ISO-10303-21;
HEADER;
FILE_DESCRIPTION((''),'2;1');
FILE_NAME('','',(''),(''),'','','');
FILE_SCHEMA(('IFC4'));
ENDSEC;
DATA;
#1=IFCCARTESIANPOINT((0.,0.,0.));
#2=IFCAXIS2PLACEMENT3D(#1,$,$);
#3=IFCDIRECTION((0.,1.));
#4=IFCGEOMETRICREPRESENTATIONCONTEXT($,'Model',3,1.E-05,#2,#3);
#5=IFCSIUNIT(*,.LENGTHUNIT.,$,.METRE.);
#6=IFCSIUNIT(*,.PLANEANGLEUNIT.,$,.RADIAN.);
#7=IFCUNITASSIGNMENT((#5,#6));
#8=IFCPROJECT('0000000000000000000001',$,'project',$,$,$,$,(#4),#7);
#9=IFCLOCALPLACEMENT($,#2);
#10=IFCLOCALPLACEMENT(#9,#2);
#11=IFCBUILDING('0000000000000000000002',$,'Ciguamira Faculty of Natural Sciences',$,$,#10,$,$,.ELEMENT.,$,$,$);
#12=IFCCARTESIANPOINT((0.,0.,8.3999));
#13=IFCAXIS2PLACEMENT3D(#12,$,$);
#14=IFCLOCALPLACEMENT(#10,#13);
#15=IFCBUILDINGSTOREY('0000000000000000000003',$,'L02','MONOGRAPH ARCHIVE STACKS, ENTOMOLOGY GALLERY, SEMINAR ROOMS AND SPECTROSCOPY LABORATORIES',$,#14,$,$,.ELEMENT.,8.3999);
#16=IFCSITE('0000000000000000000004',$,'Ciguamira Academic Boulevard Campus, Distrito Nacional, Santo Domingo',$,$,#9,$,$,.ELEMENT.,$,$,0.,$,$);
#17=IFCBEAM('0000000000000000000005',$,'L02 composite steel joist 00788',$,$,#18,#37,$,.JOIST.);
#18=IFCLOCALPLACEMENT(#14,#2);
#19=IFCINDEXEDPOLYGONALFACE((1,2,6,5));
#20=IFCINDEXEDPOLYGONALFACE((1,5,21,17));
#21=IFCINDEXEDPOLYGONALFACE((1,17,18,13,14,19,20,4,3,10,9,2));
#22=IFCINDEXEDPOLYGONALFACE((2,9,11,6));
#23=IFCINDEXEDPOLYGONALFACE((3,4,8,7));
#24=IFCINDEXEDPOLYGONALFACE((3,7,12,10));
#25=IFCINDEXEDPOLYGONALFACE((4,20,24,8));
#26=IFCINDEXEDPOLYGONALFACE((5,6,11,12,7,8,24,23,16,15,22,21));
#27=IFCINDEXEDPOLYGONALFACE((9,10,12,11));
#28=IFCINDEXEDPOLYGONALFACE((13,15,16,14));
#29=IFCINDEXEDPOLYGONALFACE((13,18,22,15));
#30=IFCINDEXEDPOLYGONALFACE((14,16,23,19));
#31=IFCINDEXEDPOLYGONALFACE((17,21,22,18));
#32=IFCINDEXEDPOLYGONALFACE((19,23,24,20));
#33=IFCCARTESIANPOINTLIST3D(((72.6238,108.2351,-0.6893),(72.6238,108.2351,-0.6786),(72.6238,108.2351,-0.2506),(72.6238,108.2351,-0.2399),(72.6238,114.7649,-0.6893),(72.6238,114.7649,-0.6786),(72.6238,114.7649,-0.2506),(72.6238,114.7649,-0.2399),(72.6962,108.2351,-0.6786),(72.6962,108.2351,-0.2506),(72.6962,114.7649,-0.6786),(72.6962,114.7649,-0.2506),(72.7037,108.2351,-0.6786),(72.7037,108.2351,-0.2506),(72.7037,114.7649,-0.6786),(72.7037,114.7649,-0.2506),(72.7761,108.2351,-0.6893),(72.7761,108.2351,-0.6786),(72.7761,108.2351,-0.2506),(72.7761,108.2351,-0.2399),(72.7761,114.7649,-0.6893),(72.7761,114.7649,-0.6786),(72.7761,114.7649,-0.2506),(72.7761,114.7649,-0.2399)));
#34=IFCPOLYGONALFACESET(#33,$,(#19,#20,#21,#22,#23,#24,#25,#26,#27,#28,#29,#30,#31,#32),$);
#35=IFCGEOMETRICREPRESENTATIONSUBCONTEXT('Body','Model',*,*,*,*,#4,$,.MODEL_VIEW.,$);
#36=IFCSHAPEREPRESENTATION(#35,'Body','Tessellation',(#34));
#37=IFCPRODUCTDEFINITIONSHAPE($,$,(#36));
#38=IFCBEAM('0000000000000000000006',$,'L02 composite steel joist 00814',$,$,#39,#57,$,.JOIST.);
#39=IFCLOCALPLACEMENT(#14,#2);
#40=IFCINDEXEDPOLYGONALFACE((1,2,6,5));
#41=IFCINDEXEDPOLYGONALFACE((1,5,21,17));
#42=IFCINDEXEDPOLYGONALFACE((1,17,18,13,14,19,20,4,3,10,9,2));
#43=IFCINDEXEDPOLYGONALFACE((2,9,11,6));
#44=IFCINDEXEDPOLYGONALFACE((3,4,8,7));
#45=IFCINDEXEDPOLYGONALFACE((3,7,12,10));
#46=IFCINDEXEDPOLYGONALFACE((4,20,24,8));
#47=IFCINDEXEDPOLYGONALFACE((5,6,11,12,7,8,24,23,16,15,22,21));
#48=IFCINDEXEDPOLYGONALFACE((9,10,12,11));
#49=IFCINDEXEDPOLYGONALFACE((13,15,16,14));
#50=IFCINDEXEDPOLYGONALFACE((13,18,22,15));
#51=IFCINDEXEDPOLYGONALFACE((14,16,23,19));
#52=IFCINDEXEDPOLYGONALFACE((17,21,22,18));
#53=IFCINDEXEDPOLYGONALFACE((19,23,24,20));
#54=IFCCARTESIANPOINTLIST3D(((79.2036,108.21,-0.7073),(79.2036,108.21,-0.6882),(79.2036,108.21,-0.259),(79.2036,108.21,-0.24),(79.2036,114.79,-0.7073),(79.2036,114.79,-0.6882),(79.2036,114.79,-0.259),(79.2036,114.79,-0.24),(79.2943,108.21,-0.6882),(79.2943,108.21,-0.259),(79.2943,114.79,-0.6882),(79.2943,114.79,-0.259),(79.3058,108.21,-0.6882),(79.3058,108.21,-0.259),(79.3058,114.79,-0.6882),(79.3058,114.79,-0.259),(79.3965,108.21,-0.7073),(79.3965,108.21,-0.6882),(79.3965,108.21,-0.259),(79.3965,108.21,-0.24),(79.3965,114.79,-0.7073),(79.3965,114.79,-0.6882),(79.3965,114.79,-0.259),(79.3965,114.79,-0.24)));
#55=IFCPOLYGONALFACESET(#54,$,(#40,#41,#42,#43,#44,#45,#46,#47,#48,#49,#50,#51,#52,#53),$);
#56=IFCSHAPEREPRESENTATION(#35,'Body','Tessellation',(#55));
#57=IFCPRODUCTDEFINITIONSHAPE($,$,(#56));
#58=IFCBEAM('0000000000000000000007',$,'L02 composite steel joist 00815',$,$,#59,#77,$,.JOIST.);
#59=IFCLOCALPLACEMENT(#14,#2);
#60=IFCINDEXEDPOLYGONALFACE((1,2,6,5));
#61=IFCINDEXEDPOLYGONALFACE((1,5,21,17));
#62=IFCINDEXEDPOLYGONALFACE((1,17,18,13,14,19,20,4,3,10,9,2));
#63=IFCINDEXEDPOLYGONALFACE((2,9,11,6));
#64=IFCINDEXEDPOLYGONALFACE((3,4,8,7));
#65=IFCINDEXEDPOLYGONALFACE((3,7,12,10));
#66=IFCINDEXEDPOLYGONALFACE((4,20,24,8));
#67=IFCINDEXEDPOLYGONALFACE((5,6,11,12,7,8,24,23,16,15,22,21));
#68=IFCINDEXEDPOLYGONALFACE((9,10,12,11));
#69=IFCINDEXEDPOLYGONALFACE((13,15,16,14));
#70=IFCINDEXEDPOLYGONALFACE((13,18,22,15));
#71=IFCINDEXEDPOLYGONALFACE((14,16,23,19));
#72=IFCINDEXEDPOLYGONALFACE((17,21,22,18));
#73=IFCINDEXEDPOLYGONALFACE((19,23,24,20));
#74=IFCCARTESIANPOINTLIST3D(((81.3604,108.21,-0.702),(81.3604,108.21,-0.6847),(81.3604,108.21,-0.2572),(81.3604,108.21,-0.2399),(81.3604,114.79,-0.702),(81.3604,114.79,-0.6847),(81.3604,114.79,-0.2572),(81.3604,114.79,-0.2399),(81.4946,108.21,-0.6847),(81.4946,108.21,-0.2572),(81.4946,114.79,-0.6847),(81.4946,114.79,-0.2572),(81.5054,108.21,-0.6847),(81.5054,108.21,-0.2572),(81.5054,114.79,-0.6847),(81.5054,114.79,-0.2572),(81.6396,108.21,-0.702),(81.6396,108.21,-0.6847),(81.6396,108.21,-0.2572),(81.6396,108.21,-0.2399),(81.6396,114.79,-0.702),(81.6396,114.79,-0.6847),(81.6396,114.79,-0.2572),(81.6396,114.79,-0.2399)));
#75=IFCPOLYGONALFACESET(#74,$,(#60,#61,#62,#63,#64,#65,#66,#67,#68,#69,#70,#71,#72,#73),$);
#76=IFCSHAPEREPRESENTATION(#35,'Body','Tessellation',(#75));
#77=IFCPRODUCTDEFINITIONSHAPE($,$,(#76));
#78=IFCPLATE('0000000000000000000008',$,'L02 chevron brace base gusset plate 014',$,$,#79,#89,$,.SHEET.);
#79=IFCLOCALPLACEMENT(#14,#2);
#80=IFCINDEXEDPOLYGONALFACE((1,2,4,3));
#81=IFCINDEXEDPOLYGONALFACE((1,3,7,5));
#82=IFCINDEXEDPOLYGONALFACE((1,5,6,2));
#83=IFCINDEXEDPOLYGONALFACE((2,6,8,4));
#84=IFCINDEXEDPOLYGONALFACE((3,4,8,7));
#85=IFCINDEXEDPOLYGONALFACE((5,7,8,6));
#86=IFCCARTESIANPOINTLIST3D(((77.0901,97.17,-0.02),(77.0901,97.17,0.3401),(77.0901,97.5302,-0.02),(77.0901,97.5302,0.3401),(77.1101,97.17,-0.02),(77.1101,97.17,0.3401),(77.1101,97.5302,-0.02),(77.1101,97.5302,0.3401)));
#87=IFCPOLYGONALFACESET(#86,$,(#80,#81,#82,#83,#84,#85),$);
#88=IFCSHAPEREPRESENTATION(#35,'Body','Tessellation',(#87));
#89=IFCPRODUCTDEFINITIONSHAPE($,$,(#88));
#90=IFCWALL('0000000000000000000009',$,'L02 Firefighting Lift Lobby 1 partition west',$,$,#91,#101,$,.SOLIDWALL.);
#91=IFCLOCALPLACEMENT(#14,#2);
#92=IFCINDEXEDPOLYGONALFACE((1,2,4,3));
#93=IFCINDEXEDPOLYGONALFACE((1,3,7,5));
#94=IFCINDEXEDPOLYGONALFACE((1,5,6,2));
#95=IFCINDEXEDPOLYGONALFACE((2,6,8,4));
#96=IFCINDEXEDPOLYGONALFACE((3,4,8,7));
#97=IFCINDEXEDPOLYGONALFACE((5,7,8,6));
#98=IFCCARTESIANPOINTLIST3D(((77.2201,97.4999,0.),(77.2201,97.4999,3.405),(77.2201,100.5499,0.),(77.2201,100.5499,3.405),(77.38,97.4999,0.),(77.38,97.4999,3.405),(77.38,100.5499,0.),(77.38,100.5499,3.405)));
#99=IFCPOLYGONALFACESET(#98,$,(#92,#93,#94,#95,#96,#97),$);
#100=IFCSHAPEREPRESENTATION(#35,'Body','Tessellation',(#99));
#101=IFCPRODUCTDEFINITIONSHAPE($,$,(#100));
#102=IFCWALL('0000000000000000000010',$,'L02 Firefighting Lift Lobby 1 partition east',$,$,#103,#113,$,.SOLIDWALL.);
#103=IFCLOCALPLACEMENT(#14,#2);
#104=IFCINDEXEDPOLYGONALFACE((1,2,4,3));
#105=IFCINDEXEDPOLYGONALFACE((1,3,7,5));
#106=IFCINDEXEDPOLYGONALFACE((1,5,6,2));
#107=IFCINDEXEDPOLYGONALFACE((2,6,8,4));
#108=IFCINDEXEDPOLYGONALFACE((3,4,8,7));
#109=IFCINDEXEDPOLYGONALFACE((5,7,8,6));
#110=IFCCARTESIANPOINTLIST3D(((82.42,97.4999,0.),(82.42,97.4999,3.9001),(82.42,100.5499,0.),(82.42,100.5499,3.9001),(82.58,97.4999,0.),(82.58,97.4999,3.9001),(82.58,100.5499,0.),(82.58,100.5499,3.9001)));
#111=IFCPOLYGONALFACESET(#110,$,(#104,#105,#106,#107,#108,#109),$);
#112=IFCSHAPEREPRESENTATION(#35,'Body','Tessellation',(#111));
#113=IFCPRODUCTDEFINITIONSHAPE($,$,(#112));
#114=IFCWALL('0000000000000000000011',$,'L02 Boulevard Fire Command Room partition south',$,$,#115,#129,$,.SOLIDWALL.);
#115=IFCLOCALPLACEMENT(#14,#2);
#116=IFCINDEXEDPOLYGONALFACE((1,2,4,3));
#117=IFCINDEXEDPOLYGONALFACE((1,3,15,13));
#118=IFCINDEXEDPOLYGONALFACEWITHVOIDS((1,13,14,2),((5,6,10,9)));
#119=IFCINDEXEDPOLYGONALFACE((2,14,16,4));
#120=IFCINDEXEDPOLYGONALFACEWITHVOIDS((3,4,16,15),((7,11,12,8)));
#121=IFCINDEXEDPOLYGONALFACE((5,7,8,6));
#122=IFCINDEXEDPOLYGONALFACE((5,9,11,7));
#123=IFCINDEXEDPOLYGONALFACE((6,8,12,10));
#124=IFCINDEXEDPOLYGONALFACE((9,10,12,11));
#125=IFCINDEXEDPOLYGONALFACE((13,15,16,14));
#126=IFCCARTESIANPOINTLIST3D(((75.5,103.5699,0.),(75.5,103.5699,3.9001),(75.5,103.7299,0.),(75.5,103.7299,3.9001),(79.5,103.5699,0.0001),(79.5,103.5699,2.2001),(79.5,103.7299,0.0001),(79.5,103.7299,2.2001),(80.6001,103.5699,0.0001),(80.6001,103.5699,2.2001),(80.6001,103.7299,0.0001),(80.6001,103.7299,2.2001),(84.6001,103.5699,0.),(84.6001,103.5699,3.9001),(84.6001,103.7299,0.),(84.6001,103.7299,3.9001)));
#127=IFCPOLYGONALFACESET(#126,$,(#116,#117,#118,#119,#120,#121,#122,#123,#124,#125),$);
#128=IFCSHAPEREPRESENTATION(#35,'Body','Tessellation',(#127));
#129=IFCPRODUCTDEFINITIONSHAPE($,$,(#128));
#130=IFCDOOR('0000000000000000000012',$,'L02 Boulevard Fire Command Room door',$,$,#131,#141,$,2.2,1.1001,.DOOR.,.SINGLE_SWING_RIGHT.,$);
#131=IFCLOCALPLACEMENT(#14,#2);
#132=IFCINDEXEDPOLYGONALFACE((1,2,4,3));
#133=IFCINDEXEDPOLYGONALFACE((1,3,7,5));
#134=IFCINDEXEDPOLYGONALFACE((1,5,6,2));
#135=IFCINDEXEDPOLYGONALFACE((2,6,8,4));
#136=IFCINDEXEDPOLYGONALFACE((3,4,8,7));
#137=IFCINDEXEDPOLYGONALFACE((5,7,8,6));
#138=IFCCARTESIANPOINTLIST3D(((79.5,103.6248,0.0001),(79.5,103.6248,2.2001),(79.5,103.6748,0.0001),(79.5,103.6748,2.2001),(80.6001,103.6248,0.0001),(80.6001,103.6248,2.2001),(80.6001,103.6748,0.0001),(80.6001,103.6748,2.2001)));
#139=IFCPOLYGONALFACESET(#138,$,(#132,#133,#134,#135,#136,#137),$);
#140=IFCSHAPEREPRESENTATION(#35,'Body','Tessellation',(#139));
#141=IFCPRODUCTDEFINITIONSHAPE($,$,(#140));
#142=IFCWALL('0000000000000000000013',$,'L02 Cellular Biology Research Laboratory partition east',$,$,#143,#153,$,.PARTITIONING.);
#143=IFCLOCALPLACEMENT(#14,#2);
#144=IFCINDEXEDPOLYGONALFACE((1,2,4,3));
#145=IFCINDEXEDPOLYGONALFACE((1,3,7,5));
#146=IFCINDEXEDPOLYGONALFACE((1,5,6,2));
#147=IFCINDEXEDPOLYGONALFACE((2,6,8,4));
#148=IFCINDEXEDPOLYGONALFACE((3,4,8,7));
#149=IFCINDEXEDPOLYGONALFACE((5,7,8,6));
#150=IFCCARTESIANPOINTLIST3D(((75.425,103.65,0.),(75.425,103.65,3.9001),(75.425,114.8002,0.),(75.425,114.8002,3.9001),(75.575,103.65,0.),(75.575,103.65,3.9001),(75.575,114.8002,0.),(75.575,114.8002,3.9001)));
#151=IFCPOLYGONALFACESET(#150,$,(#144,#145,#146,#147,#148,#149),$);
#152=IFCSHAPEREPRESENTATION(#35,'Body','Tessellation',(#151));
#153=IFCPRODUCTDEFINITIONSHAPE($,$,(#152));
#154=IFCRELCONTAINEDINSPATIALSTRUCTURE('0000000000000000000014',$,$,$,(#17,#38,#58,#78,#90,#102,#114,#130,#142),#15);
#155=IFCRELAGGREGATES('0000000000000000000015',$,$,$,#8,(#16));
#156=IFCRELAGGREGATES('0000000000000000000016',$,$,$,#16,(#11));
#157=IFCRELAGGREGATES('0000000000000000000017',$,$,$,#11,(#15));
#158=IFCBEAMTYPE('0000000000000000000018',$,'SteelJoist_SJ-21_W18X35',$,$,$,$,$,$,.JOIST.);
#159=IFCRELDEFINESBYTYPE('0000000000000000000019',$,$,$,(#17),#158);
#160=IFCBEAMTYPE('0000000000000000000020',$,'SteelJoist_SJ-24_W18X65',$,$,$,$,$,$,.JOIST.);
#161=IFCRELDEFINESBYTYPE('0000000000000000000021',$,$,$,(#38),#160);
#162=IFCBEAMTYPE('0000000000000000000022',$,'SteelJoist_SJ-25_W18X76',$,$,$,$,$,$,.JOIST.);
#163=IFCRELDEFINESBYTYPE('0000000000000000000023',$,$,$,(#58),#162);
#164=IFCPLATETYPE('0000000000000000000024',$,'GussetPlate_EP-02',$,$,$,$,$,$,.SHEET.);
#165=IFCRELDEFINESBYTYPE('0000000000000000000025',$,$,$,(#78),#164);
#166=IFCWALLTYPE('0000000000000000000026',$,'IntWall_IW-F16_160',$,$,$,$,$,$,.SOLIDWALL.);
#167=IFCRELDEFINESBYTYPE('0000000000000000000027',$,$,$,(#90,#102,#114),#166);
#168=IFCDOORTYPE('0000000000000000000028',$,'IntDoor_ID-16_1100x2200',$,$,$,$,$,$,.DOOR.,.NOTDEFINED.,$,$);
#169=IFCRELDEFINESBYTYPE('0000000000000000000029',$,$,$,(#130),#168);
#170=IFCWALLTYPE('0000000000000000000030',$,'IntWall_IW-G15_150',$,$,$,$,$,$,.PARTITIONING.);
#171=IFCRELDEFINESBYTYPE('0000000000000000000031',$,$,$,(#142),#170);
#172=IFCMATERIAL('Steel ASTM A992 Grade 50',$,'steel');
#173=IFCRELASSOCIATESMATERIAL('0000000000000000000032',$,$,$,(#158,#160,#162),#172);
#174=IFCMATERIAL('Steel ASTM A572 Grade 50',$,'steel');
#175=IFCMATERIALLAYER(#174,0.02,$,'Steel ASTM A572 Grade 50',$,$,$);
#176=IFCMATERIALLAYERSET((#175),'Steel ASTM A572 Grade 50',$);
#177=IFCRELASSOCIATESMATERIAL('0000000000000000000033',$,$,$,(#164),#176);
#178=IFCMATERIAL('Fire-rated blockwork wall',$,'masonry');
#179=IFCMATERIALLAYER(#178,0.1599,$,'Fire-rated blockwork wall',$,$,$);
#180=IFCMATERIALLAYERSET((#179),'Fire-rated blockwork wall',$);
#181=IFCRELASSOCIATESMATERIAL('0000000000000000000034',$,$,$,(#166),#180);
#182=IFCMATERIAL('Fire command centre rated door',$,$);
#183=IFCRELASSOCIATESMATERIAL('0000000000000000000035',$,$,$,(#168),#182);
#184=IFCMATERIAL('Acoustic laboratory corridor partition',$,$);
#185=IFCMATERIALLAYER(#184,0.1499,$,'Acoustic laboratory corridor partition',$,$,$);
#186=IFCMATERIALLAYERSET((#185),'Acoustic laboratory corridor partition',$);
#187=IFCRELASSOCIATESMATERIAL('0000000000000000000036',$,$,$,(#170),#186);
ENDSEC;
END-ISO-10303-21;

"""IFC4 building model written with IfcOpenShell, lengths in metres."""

from ifc_helpers import new_model, si_unit, direction, frame, frame_2d, origin, origin_2d, place, context, subcontext, project, spatial, rectangle, i_section, extrude, material, layer, layer_set, material_profile, profile_set, type_object, element, fill, save


model = new_model("IFC4")

# Units and contexts
model_context = context("Model", 3, precision=1e-05, world=origin(), true_north=direction((0.0, 1.0)))
body_context = subcontext(model_context, "Body", "Model", "MODEL_VIEW")
ifc_project = project(units=[si_unit("LENGTHUNIT", "METRE"), si_unit("PLANEANGLEUNIT", "RADIAN")], contexts=[model_context])

# Site, building, storey
site_placement = place(None, origin())
site = spatial("IfcSite", under=ifc_project, at=site_placement, Name="Ciguamira Academic Boulevard Campus, Distrito Nacional, Santo Domingo", CompositionType="ELEMENT", RefElevation=0.0)
building_placement = place(site_placement, origin())
building = spatial("IfcBuilding", under=site, at=building_placement, Name="Ciguamira Faculty of Natural Sciences", CompositionType="ELEMENT")
storey_placement = place(building_placement, frame((0.0, 0.0, 8.3999)))
storey = spatial("IfcBuildingStorey", under=building, at=storey_placement, Name="L02", Description="MONOGRAPH ARCHIVE STACKS, ENTOMOLOGY GALLERY, SEMINAR ROOMS AND SPECTROSCOPY LABORATORIES", CompositionType="ELEMENT", Elevation=8.3999)

# Beams
ifc_material_1 = material(Name="Steel ASTM A992 Grade 50", Category="steel")
ifc_material_profile_1 = material_profile(ifc_material_1, i_section(OverallWidth=0.1523, OverallDepth=0.4495, WebThickness=0.0076, FlangeThickness=0.0107, at=origin_2d()), Name="W18X35")
ifc_profile_set_1 = profile_set([ifc_material_profile_1], Name="Steel ASTM A992 Grade 50")
beam_type_1 = type_object("IfcBeamType", Name="SteelJoist_SJ-21_W18X35", PredefinedType="JOIST", material=ifc_profile_set_1)
beam_1_placement = place(storey_placement, frame((72.7, 108.2351, -0.4646), z_axis=(0.0, 1.0, 0.0), x_axis=(-1.0, 0.0, 0.0)))
element("IfcBeam", 1, at=beam_1_placement, inside=storey, type_object=beam_type_1, Name="L02 composite steel joist 00788", PredefinedType="JOIST", context=body_context, shape_type="SweptSolid", body=[
    extrude(i_section(OverallWidth=0.1523, OverallDepth=0.4495, WebThickness=0.0076, FlangeThickness=0.0107, at=origin_2d()), origin(), (0.0, 0.0, 1.0), 6.5298),
])
ifc_material_profile_2 = material_profile(ifc_material_1, i_section(OverallWidth=0.1929, OverallDepth=0.4673, WebThickness=0.0115, FlangeThickness=0.019, at=origin_2d()), Name="W18X65")
ifc_profile_set_2 = profile_set([ifc_material_profile_2], Name="Steel ASTM A992 Grade 50")
beam_type_2 = type_object("IfcBeamType", Name="SteelJoist_SJ-24_W18X65", PredefinedType="JOIST", material=ifc_profile_set_2)
beam_2_placement = place(storey_placement, frame((79.3, 108.21, -0.4736), z_axis=(0.0, 1.0, 0.0), x_axis=(-1.0, 0.0, 0.0)))
element("IfcBeam", 2, at=beam_2_placement, inside=storey, type_object=beam_type_2, Name="L02 composite steel joist 00814", PredefinedType="JOIST", context=body_context, shape_type="SweptSolid", body=[
    extrude(i_section(OverallWidth=0.1929, OverallDepth=0.4673, WebThickness=0.0115, FlangeThickness=0.019, at=origin_2d()), origin(), (0.0, 0.0, 1.0), 6.5801),
])
ifc_material_profile_3 = material_profile(ifc_material_1, i_section(OverallWidth=0.2793, OverallDepth=0.4622, WebThickness=0.0107, FlangeThickness=0.0173, at=origin_2d()), Name="W18X76")
ifc_profile_set_3 = profile_set([ifc_material_profile_3], Name="Steel ASTM A992 Grade 50")
beam_type_3 = type_object("IfcBeamType", Name="SteelJoist_SJ-25_W18X76", PredefinedType="JOIST", material=ifc_profile_set_3)
beam_3_placement = place(storey_placement, frame((81.5, 108.21, -0.4709), z_axis=(0.0, 1.0, 0.0), x_axis=(-1.0, 0.0, 0.0)))
element("IfcBeam", 3, at=beam_3_placement, inside=storey, type_object=beam_type_3, Name="L02 composite steel joist 00815", PredefinedType="JOIST", context=body_context, shape_type="SweptSolid", body=[
    extrude(i_section(OverallWidth=0.2793, OverallDepth=0.4622, WebThickness=0.0107, FlangeThickness=0.0173, at=origin_2d()), origin(), (0.0, 0.0, 1.0), 6.5801),
])

# Plate
ifc_material_2 = material(Name="Steel ASTM A572 Grade 50", Category="steel")
ifc_layer_1 = layer(ifc_material_2, 0.02, Name="Steel ASTM A572 Grade 50")
ifc_layer_set_1 = layer_set([ifc_layer_1], Name="Steel ASTM A572 Grade 50")
plate_type = type_object("IfcPlateType", Name="GussetPlate_EP-02", PredefinedType="SHEET", material=ifc_layer_set_1)
plate_placement = place(storey_placement, frame((77.1001, 97.3501, -0.02), z_axis=(0.0, 0.0, 1.0), x_axis=(1.0, 0.0, 0.0)))
element("IfcPlate", 4, at=plate_placement, inside=storey, type_object=plate_type, Name="L02 chevron brace base gusset plate 014", PredefinedType="SHEET", context=body_context, shape_type="SweptSolid", body=[
    extrude(rectangle(XDim=0.02, YDim=0.3601, at=origin_2d()), origin(), (0.0, 0.0, 1.0), 0.3601),
])

# Shared definitions
ifc_material_3 = material(Name="Fire-rated blockwork wall", Category="masonry")
ifc_layer_2 = layer(ifc_material_3, 0.1599, Name="Fire-rated blockwork wall")
ifc_layer_set_2 = layer_set([ifc_layer_2], Name="Fire-rated blockwork wall")
wall_type_1 = type_object("IfcWallType", Name="IntWall_IW-F16_160", PredefinedType="SOLIDWALL", material=ifc_layer_set_2)

# Walls
wall_1_placement = place(storey_placement, frame((77.3, 97.5, 0.0), z_axis=(0.0, 0.0, 1.0), x_axis=(0.0, 1.0, 0.0)))
element("IfcWall", 5, at=wall_1_placement, inside=storey, type_object=wall_type_1, Name="L02 Firefighting Lift Lobby 1 partition west", PredefinedType="SOLIDWALL", context=body_context, shape_type="SweptSolid", body=[
    extrude(rectangle(XDim=3.05, YDim=0.1599, at=frame_2d((1.5249, 0.0))), origin(), (0.0, 0.0, 1.0), 3.405),
])
wall_2_placement = place(storey_placement, frame((82.5, 97.5, 0.0), z_axis=(0.0, 0.0, 1.0), x_axis=(0.0, 1.0, 0.0)))
element("IfcWall", 6, at=wall_2_placement, inside=storey, type_object=wall_type_1, Name="L02 Firefighting Lift Lobby 1 partition east", PredefinedType="SOLIDWALL", context=body_context, shape_type="SweptSolid", body=[
    extrude(rectangle(XDim=3.05, YDim=0.1599, at=frame_2d((1.5249, 0.0))), origin(), (0.0, 0.0, 1.0), 3.9001),
])

# Wall, opening, door
wall_3_placement = place(storey_placement, frame((75.5, 103.6499, 0.0), z_axis=(0.0, 0.0, 1.0), x_axis=(1.0, 0.0, 0.0)))
wall_3 = element("IfcWall", 7, at=wall_3_placement, inside=storey, type_object=wall_type_1, Name="L02 Boulevard Fire Command Room partition south", PredefinedType="SOLIDWALL", context=body_context, shape_type="SweptSolid", body=[
    extrude(rectangle(XDim=9.1001, YDim=0.1599, at=frame_2d((4.55, 0.0))), origin(), (0.0, 0.0, 1.0), 3.9001),
])
opening_1_placement = place(wall_3_placement, frame((4.0, 0.0, 0.0)))
opening_1 = element("IfcOpeningElement", 8, at=opening_1_placement, cuts=wall_3, PredefinedType="OPENING", context=body_context, shape_type="SweptSolid", body=[
    extrude(rectangle(XDim=1.1001, YDim=2.2, at=frame_2d((0.55, 1.1001))), frame((0.0, 0.0898, 0.0), z_axis=(0.0, -1.0, 0.0), x_axis=(1.0, 0.0, 0.0)), (0.0, 0.0, 1.0), 0.1799),
])
ifc_material_4 = material(Name="Fire command centre rated door")
door_type_1 = type_object("IfcDoorType", Name="IntDoor_ID-16_1100x2200", OperationType="NOTDEFINED", PredefinedType="DOOR", material=ifc_material_4)
door_1_placement = place(opening_1_placement, origin())
door_1 = element("IfcDoor", 9, at=door_1_placement, inside=storey, type_object=door_type_1, Name="L02 Boulevard Fire Command Room door", OperationType="SINGLE_SWING_RIGHT", OverallHeight=2.2, OverallWidth=1.1001, PredefinedType="DOOR", context=body_context, shape_type="SweptSolid", body=[
    extrude(rectangle(XDim=1.1001, YDim=2.2, at=frame_2d((0.55, 1.1001))), frame((0.0, 0.0249, 0.0), z_axis=(0.0, -1.0, 0.0), x_axis=(1.0, 0.0, 0.0)), (0.0, 0.0, 1.0), 0.05),
])
fill(opening_1, door_1)

# Wall
ifc_material_5 = material(Name="Acoustic laboratory corridor partition")
ifc_layer_3 = layer(ifc_material_5, 0.1499, Name="Acoustic laboratory corridor partition")
ifc_layer_set_3 = layer_set([ifc_layer_3], Name="Acoustic laboratory corridor partition")
wall_type_2 = type_object("IfcWallType", Name="IntWall_IW-G15_150", PredefinedType="PARTITIONING", material=ifc_layer_set_3)
wall_4_placement = place(storey_placement, frame((75.5, 103.6499, 0.0), z_axis=(0.0, 0.0, 1.0), x_axis=(0.0, 1.0, 0.0)))
element("IfcWall", 10, at=wall_4_placement, inside=storey, type_object=wall_type_2, Name="L02 Cellular Biology Research Laboratory partition east", PredefinedType="PARTITIONING", context=body_context, shape_type="SweptSolid", body=[
    extrude(rectangle(XDim=11.1501, YDim=0.1499, at=frame_2d((5.5752, 0.0))), origin(), (0.0, 0.0, 1.0), 3.9001),
])

save(model, "model.ifc")
